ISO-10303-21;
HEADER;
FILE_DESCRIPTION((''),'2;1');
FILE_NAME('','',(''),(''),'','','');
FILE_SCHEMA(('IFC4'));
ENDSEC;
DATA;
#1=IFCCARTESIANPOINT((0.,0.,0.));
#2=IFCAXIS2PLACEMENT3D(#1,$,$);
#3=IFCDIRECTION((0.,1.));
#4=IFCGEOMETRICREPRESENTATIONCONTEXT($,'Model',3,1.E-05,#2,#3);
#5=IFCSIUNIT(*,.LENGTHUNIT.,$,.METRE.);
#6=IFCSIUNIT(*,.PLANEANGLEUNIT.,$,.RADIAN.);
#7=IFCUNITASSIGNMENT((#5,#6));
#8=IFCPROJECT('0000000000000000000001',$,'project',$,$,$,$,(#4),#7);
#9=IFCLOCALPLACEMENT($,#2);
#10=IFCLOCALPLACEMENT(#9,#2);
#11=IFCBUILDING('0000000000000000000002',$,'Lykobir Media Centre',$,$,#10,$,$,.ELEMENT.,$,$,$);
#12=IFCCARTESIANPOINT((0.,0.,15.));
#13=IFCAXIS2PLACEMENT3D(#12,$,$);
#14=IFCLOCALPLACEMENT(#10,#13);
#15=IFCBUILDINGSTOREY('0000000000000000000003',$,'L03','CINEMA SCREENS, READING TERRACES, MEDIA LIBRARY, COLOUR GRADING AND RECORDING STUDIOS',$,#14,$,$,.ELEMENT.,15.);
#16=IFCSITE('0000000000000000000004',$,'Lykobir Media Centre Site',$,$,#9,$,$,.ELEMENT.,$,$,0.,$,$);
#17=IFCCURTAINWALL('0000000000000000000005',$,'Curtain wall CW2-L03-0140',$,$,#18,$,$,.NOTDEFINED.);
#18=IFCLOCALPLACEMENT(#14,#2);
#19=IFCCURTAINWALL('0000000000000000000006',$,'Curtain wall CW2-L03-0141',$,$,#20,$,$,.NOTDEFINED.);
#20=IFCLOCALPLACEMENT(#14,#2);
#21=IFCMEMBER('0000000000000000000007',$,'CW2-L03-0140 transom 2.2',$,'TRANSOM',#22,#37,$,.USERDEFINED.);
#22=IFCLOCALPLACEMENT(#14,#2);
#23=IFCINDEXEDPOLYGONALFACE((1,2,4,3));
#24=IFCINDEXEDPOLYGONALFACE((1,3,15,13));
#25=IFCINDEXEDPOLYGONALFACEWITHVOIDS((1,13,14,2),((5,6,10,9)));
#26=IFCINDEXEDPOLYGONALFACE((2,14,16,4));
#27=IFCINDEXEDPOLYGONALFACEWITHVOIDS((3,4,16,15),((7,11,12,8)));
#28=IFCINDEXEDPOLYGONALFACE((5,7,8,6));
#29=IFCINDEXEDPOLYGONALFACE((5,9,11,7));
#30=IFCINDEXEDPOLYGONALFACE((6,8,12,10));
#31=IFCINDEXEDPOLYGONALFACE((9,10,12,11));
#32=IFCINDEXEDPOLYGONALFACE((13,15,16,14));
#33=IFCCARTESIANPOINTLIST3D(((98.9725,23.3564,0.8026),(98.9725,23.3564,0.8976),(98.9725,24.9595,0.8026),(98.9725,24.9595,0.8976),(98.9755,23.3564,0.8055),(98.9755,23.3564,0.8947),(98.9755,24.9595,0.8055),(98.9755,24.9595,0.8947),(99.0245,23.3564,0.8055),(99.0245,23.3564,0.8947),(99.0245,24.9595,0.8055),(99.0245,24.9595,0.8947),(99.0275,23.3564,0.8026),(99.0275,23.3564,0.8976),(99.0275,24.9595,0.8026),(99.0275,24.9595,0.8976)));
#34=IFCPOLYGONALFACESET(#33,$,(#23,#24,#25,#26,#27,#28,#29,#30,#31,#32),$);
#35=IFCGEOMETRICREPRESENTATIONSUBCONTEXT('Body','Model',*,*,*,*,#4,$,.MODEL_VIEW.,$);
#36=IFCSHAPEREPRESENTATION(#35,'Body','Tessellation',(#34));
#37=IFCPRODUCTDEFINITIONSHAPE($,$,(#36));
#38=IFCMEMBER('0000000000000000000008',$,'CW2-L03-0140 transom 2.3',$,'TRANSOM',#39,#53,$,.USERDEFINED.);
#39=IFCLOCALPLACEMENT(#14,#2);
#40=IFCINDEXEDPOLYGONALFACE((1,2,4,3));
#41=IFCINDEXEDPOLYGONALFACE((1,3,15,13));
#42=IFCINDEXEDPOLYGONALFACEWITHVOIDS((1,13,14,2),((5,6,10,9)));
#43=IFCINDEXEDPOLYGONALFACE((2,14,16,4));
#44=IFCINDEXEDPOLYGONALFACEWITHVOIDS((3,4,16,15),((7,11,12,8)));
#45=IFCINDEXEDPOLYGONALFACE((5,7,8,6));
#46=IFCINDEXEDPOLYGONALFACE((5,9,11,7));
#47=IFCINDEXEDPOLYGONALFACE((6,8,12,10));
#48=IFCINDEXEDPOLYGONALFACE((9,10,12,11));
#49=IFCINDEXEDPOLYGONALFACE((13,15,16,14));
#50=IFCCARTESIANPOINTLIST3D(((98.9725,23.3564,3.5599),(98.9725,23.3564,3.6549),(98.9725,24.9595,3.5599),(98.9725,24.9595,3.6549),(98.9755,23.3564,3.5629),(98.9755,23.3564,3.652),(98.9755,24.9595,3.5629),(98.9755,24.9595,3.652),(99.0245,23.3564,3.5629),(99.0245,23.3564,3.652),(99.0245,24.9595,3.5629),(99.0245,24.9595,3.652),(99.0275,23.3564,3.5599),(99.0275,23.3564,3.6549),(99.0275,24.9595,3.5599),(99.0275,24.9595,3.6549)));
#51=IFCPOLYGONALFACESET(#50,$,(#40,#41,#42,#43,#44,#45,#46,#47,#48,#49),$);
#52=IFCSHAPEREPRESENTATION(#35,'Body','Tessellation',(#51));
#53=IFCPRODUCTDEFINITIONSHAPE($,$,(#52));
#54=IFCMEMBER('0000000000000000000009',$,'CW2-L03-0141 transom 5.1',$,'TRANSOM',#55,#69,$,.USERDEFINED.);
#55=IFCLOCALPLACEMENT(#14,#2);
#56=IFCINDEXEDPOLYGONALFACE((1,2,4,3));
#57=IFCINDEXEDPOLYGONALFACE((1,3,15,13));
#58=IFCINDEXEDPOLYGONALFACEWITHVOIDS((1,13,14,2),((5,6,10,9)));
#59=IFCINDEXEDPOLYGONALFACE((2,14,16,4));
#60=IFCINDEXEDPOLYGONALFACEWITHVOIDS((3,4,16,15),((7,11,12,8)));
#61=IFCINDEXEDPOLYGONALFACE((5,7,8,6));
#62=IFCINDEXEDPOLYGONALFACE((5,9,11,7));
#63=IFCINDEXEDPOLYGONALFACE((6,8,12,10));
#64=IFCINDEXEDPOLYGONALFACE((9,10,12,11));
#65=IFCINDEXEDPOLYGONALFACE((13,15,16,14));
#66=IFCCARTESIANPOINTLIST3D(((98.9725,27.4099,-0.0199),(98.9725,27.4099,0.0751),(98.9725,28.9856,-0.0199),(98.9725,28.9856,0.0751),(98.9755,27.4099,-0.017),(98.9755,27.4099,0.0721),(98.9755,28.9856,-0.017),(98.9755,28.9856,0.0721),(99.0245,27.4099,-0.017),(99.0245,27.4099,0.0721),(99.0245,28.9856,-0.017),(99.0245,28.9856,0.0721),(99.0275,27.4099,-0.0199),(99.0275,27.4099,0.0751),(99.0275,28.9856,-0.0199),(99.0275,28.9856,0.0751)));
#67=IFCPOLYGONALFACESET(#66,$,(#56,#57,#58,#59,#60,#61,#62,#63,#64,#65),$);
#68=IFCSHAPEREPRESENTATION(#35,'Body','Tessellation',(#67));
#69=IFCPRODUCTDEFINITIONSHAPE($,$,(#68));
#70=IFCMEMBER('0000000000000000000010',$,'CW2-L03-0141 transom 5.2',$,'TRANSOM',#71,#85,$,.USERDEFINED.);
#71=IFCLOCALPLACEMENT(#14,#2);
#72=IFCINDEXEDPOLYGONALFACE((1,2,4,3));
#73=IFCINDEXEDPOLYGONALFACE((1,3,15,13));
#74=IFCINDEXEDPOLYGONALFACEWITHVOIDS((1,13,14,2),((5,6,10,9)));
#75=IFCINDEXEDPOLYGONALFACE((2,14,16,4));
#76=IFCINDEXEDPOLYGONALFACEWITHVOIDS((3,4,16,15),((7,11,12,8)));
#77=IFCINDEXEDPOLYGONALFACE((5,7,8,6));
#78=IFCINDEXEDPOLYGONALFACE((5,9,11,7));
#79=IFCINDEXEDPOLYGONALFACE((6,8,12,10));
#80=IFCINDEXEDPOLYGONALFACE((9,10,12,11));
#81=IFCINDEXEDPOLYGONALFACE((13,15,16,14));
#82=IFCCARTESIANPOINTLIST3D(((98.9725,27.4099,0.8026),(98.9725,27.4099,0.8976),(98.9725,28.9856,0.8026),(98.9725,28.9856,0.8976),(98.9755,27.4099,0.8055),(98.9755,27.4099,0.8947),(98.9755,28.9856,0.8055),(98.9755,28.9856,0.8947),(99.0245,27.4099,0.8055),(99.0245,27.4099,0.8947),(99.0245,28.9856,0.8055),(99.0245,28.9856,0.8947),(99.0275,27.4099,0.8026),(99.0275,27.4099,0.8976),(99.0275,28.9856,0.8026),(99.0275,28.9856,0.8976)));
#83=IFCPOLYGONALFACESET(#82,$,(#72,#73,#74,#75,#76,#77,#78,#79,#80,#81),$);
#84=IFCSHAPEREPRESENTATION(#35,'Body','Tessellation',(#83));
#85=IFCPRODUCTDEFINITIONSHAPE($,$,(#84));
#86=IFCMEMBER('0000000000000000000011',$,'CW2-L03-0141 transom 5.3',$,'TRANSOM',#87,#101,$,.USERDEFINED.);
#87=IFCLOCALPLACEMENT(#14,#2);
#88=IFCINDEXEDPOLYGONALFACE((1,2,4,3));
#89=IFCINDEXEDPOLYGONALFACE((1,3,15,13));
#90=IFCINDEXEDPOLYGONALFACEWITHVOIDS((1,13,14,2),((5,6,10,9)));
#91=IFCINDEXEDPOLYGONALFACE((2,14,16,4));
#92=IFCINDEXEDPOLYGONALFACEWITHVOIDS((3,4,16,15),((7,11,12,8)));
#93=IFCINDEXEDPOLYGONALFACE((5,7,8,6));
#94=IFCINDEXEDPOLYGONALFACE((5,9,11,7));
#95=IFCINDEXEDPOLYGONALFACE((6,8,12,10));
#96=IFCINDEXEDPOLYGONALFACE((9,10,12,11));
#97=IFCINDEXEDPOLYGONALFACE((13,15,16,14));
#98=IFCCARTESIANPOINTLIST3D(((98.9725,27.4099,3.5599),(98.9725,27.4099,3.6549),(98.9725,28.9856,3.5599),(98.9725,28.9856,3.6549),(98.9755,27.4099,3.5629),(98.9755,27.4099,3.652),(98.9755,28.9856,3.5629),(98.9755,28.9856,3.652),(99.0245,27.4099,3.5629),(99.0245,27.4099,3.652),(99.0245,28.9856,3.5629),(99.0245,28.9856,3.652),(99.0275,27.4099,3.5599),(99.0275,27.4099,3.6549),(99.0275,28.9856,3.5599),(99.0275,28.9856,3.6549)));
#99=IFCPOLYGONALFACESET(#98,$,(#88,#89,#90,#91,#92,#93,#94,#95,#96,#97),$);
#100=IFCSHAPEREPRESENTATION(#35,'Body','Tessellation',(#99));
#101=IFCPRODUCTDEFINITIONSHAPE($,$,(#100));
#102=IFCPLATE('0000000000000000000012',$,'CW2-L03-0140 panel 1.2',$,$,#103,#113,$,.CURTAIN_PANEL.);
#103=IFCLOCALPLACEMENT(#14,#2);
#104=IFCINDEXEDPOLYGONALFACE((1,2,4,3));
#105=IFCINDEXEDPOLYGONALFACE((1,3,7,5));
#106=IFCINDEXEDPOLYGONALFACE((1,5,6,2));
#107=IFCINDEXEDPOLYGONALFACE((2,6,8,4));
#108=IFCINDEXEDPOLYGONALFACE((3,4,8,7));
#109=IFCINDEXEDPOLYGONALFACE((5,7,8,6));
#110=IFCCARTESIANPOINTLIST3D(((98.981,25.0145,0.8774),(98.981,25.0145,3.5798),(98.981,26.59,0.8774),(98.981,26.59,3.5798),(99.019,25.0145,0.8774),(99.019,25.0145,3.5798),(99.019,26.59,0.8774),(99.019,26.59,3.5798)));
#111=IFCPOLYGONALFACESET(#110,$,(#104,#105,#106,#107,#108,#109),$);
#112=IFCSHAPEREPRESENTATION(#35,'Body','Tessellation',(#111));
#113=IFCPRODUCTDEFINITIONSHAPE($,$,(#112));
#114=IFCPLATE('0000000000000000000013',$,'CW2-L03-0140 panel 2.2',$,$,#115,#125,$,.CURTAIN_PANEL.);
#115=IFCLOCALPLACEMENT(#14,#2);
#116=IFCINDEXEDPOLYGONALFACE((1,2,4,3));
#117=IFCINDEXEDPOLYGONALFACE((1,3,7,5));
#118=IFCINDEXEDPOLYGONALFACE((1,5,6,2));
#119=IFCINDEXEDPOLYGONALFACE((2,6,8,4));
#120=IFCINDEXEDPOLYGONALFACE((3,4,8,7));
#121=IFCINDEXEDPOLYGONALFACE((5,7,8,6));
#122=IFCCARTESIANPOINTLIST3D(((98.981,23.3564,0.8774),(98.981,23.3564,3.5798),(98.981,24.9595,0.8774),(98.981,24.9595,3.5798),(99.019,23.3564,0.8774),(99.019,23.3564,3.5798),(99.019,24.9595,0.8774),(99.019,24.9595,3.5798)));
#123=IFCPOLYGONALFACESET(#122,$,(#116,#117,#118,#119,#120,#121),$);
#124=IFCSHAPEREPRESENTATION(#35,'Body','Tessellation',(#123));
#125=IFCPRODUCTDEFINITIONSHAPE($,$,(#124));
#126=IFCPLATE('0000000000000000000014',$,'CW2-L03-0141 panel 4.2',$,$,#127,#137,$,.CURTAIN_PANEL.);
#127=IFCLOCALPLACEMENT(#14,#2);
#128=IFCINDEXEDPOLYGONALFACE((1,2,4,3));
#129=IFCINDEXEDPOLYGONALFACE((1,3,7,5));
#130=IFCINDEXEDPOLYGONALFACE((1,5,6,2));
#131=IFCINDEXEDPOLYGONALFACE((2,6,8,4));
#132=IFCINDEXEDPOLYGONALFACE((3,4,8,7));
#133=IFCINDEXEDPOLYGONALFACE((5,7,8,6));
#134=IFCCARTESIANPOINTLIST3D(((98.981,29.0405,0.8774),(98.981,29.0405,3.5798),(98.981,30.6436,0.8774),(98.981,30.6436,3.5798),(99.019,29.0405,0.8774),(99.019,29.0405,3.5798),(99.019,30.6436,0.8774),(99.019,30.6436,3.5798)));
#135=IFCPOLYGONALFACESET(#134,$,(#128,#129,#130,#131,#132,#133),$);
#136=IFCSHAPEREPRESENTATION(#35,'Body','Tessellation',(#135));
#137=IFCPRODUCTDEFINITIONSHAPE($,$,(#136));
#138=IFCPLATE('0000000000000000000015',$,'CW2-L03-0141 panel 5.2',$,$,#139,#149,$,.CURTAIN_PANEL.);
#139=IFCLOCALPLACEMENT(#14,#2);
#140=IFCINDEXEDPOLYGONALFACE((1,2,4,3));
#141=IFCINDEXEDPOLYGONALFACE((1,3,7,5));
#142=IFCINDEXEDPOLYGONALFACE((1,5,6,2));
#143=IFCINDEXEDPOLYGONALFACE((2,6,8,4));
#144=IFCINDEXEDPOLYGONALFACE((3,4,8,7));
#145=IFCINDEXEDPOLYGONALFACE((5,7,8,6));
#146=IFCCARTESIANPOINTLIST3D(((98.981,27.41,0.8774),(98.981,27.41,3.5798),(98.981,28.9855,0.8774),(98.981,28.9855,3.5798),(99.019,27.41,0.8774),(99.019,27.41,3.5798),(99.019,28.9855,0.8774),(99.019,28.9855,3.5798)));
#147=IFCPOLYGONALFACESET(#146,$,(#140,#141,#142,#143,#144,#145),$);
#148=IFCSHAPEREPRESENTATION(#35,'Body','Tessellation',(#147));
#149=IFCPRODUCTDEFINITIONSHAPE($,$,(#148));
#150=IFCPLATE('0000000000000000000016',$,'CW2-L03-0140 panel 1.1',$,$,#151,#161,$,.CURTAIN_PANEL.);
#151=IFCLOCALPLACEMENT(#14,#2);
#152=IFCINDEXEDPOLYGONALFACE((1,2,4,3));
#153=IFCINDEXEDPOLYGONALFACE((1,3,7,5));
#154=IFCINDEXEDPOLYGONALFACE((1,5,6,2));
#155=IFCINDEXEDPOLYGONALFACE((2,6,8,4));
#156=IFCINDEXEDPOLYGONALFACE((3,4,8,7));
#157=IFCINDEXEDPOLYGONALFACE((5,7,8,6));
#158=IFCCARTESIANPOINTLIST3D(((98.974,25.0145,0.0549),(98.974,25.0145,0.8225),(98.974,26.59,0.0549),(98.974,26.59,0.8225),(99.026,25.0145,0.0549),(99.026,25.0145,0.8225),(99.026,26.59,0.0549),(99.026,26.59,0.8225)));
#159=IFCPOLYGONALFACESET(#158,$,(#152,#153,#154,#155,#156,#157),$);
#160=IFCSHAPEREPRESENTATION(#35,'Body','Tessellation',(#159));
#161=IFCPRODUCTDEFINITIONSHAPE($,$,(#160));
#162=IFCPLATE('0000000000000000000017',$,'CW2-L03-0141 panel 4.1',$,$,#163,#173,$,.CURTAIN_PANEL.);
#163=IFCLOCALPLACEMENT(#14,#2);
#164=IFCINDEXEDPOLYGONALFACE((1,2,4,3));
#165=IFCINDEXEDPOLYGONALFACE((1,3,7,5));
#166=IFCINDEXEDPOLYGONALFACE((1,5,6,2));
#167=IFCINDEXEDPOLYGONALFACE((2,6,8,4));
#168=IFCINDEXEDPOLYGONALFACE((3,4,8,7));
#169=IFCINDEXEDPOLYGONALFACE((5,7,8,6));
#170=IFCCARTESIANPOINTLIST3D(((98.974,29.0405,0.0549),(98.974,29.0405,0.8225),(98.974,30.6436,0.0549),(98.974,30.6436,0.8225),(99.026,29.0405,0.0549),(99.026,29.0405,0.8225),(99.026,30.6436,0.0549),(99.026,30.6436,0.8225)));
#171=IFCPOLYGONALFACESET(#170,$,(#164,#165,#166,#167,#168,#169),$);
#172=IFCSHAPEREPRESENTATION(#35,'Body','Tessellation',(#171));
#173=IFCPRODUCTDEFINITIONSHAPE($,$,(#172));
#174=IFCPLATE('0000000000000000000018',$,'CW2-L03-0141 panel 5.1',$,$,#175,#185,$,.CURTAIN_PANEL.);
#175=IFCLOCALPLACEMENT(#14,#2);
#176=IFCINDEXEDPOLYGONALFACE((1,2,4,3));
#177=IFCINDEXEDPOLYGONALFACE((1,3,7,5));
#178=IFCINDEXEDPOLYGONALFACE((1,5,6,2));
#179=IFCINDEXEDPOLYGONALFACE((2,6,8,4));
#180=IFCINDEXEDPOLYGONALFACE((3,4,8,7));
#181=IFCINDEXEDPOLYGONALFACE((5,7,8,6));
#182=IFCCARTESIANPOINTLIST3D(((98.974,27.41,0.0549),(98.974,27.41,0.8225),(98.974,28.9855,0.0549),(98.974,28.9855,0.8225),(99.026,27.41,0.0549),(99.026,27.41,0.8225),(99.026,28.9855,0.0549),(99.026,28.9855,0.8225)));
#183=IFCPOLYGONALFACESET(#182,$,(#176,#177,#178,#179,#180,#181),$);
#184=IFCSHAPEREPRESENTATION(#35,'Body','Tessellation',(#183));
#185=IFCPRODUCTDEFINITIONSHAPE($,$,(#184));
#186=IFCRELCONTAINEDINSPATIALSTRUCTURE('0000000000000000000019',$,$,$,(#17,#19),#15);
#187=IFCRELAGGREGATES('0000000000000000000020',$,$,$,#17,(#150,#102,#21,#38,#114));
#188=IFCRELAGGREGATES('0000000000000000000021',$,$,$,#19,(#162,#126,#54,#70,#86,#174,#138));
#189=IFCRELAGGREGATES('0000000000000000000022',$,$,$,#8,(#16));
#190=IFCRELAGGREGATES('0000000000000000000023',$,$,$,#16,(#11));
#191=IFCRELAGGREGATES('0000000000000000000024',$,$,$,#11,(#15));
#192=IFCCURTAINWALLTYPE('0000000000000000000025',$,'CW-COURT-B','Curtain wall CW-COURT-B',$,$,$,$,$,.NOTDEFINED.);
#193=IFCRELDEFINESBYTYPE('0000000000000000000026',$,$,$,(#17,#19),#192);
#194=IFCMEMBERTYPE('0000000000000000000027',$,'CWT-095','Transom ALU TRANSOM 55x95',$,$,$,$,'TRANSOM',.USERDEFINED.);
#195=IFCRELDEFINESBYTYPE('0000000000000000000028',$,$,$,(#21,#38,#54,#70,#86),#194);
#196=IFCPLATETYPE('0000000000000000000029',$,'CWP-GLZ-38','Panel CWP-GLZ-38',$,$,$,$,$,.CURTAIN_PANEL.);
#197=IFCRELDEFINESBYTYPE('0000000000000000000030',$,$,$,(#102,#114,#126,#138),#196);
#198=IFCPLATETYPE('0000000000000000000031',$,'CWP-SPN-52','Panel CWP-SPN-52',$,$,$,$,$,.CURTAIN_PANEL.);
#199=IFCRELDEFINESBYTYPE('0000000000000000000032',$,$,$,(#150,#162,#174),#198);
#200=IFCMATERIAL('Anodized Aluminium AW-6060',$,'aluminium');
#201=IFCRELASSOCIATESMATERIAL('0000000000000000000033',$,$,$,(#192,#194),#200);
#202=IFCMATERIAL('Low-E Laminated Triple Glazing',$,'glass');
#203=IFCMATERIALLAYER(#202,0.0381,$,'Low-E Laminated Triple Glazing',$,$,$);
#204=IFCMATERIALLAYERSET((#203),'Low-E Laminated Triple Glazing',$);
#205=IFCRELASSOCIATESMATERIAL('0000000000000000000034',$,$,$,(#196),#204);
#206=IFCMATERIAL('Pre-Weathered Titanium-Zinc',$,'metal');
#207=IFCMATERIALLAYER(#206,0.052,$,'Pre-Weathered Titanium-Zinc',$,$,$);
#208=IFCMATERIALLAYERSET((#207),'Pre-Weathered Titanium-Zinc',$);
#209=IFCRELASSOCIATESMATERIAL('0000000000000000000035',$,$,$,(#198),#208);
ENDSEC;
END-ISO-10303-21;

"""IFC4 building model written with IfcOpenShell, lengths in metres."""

from ifc_helpers import new_model, si_unit, direction, frame, origin, origin_2d, place, context, subcontext, project, spatial, rectangle, hollow_rectangle, extrude, material, layer, layer_set, material_profile, profile_set, type_object, element, aggregate, save


model = new_model("IFC4")

# Units and contexts
model_context = context("Model", 3, precision=1e-05, world=origin(), true_north=direction((0.0, 1.0)))
body_context = subcontext(model_context, "Body", "Model", "MODEL_VIEW")
ifc_project = project(units=[si_unit("LENGTHUNIT", "METRE"), si_unit("PLANEANGLEUNIT", "RADIAN")], contexts=[model_context])

# Site, building, storey
site_placement = place(None, origin())
site = spatial("IfcSite", under=ifc_project, at=site_placement, Name="Lykobir Media Centre Site", CompositionType="ELEMENT", RefElevation=0.0)
building_placement = place(site_placement, origin())
building = spatial("IfcBuilding", under=site, at=building_placement, Name="Lykobir Media Centre", CompositionType="ELEMENT")
storey_placement = place(building_placement, frame((0.0, 0.0, 15.0)))
storey = spatial("IfcBuildingStorey", under=building, at=storey_placement, Name="L03", Description="CINEMA SCREENS, READING TERRACES, MEDIA LIBRARY, COLOUR GRADING AND RECORDING STUDIOS", CompositionType="ELEMENT", Elevation=15.0)

# Curtain walls
ifc_material_1 = material(Name="Anodized Aluminium AW-6060", Category="aluminium")
curtain_wall_type = type_object("IfcCurtainWallType", Name="CW-COURT-B", Description="Curtain wall CW-COURT-B", PredefinedType="NOTDEFINED", material=ifc_material_1)
curtain_wall_1_placement = place(storey_placement, origin())
curtain_wall_1 = element("IfcCurtainWall", 1, at=curtain_wall_1_placement, inside=storey, type_object=curtain_wall_type, Name="Curtain wall CW2-L03-0140", PredefinedType="NOTDEFINED")
curtain_wall_2_placement = place(storey_placement, origin())
curtain_wall_2 = element("IfcCurtainWall", 2, at=curtain_wall_2_placement, inside=storey, type_object=curtain_wall_type, Name="Curtain wall CW2-L03-0141", PredefinedType="NOTDEFINED")

# Members
ifc_material_profile_1 = material_profile(ifc_material_1, hollow_rectangle(XDim=0.0549, YDim=0.095, WallThickness=0.0029, at=origin_2d()), Name="ALU TRANSOM 55x95")
ifc_profile_set_1 = profile_set([ifc_material_profile_1], Name="Anodized Aluminium AW-6060")
member_type_1 = type_object("IfcMemberType", Name="CWT-095", Description="Transom ALU TRANSOM 55x95", ElementType="TRANSOM", PredefinedType="USERDEFINED", material=ifc_profile_set_1)
member_1_placement = place(storey_placement, frame((99.0, 24.9595, 0.8501), z_axis=(0.0, -1.0, 0.0), x_axis=(1.0, 0.0, 0.0)))
member_1 = element("IfcMember", 3, at=member_1_placement, type_object=member_type_1, Name="CW2-L03-0140 transom 2.2", ObjectType="TRANSOM", PredefinedType="USERDEFINED", context=body_context, shape_type="SweptSolid", body=[
    extrude(hollow_rectangle(XDim=0.0549, YDim=0.095, WallThickness=0.0029, at=origin_2d()), origin(), (0.0, 0.0, 1.0), 1.603),
])
member_2_placement = place(storey_placement, frame((99.0, 24.9595, 3.6074), z_axis=(0.0, -1.0, 0.0), x_axis=(1.0, 0.0, 0.0)))
member_2 = element("IfcMember", 4, at=member_2_placement, type_object=member_type_1, Name="CW2-L03-0140 transom 2.3", ObjectType="TRANSOM", PredefinedType="USERDEFINED", context=body_context, shape_type="SweptSolid", body=[
    extrude(hollow_rectangle(XDim=0.0549, YDim=0.095, WallThickness=0.0029, at=origin_2d()), origin(), (0.0, 0.0, 1.0), 1.603),
])
member_3_placement = place(storey_placement, frame((99.0, 28.9856, 0.0276), z_axis=(0.0, -1.0, 0.0), x_axis=(1.0, 0.0, 0.0)))
member_3 = element("IfcMember", 5, at=member_3_placement, type_object=member_type_1, Name="CW2-L03-0141 transom 5.1", ObjectType="TRANSOM", PredefinedType="USERDEFINED", context=body_context, shape_type="SweptSolid", body=[
    extrude(hollow_rectangle(XDim=0.0549, YDim=0.095, WallThickness=0.0029, at=origin_2d()), origin(), (0.0, 0.0, 1.0), 1.5757),
])
member_4_placement = place(storey_placement, frame((99.0, 28.9856, 0.8501), z_axis=(0.0, -1.0, 0.0), x_axis=(1.0, 0.0, 0.0)))
member_4 = element("IfcMember", 6, at=member_4_placement, type_object=member_type_1, Name="CW2-L03-0141 transom 5.2", ObjectType="TRANSOM", PredefinedType="USERDEFINED", context=body_context, shape_type="SweptSolid", body=[
    extrude(hollow_rectangle(XDim=0.0549, YDim=0.095, WallThickness=0.0029, at=origin_2d()), origin(), (0.0, 0.0, 1.0), 1.5757),
])
member_5_placement = place(storey_placement, frame((99.0, 28.9856, 3.6074), z_axis=(0.0, -1.0, 0.0), x_axis=(1.0, 0.0, 0.0)))
member_5 = element("IfcMember", 7, at=member_5_placement, type_object=member_type_1, Name="CW2-L03-0141 transom 5.3", ObjectType="TRANSOM", PredefinedType="USERDEFINED", context=body_context, shape_type="SweptSolid", body=[
    extrude(hollow_rectangle(XDim=0.0549, YDim=0.095, WallThickness=0.0029, at=origin_2d()), origin(), (0.0, 0.0, 1.0), 1.5757),
])

# Plates
ifc_material_2 = material(Name="Low-E Laminated Triple Glazing", Category="glass")
ifc_layer_1 = layer(ifc_material_2, 0.0381, Name="Low-E Laminated Triple Glazing")
ifc_layer_set_1 = layer_set([ifc_layer_1], Name="Low-E Laminated Triple Glazing")
plate_type_1 = type_object("IfcPlateType", Name="CWP-GLZ-38", Description="Panel CWP-GLZ-38", PredefinedType="CURTAIN_PANEL", material=ifc_layer_set_1)
plate_1_placement = place(storey_placement, frame((99.0, 25.8022, 0.8774), z_axis=(0.0, 0.0, 1.0), x_axis=(0.0, -1.0, 0.0)))
plate_1 = element("IfcPlate", 8, at=plate_1_placement, type_object=plate_type_1, Name="CW2-L03-0140 panel 1.2", PredefinedType="CURTAIN_PANEL", context=body_context, shape_type="SweptSolid", body=[
    extrude(rectangle(XDim=1.5754, YDim=0.0381, at=origin_2d()), origin(), (0.0, 0.0, 1.0), 2.7024),
])
plate_2_placement = place(storey_placement, frame((99.0, 24.158, 0.8774), z_axis=(0.0, 0.0, 1.0), x_axis=(0.0, -1.0, 0.0)))
plate_2 = element("IfcPlate", 9, at=plate_2_placement, type_object=plate_type_1, Name="CW2-L03-0140 panel 2.2", PredefinedType="CURTAIN_PANEL", context=body_context, shape_type="SweptSolid", body=[
    extrude(rectangle(XDim=1.603, YDim=0.0381, at=origin_2d()), origin(), (0.0, 0.0, 1.0), 2.7024),
])
plate_3_placement = place(storey_placement, frame((99.0, 29.842, 0.8774), z_axis=(0.0, 0.0, 1.0), x_axis=(0.0, -1.0, 0.0)))
plate_3 = element("IfcPlate", 10, at=plate_3_placement, type_object=plate_type_1, Name="CW2-L03-0141 panel 4.2", PredefinedType="CURTAIN_PANEL", context=body_context, shape_type="SweptSolid", body=[
    extrude(rectangle(XDim=1.603, YDim=0.0381, at=origin_2d()), origin(), (0.0, 0.0, 1.0), 2.7024),
])
plate_4_placement = place(storey_placement, frame((99.0, 28.1978, 0.8774), z_axis=(0.0, 0.0, 1.0), x_axis=(0.0, -1.0, 0.0)))
plate_4 = element("IfcPlate", 11, at=plate_4_placement, type_object=plate_type_1, Name="CW2-L03-0141 panel 5.2", PredefinedType="CURTAIN_PANEL", context=body_context, shape_type="SweptSolid", body=[
    extrude(rectangle(XDim=1.5754, YDim=0.0381, at=origin_2d()), origin(), (0.0, 0.0, 1.0), 2.7024),
])
ifc_material_3 = material(Name="Pre-Weathered Titanium-Zinc", Category="metal")
ifc_layer_2 = layer(ifc_material_3, 0.052, Name="Pre-Weathered Titanium-Zinc")
ifc_layer_set_2 = layer_set([ifc_layer_2], Name="Pre-Weathered Titanium-Zinc")
plate_type_2 = type_object("IfcPlateType", Name="CWP-SPN-52", Description="Panel CWP-SPN-52", PredefinedType="CURTAIN_PANEL", material=ifc_layer_set_2)
plate_5_placement = place(storey_placement, frame((99.0, 25.8022, 0.0549), z_axis=(0.0, 0.0, 1.0), x_axis=(0.0, -1.0, 0.0)))
plate_5 = element("IfcPlate", 12, at=plate_5_placement, type_object=plate_type_2, Name="CW2-L03-0140 panel 1.1", PredefinedType="CURTAIN_PANEL", context=body_context, shape_type="SweptSolid", body=[
    extrude(rectangle(XDim=1.5754, YDim=0.052, at=origin_2d()), origin(), (0.0, 0.0, 1.0), 0.7676),
])
aggregate(curtain_wall_1, [plate_5, plate_1, member_1, member_2, plate_2])
plate_6_placement = place(storey_placement, frame((99.0, 29.842, 0.0549), z_axis=(0.0, 0.0, 1.0), x_axis=(0.0, -1.0, 0.0)))
plate_6 = element("IfcPlate", 13, at=plate_6_placement, type_object=plate_type_2, Name="CW2-L03-0141 panel 4.1", PredefinedType="CURTAIN_PANEL", context=body_context, shape_type="SweptSolid", body=[
    extrude(rectangle(XDim=1.603, YDim=0.052, at=origin_2d()), origin(), (0.0, 0.0, 1.0), 0.7676),
])
plate_7_placement = place(storey_placement, frame((99.0, 28.1978, 0.0549), z_axis=(0.0, 0.0, 1.0), x_axis=(0.0, -1.0, 0.0)))
plate_7 = element("IfcPlate", 14, at=plate_7_placement, type_object=plate_type_2, Name="CW2-L03-0141 panel 5.1", PredefinedType="CURTAIN_PANEL", context=body_context, shape_type="SweptSolid", body=[
    extrude(rectangle(XDim=1.5754, YDim=0.052, at=origin_2d()), origin(), (0.0, 0.0, 1.0), 0.7676),
])
aggregate(curtain_wall_2, [plate_6, plate_3, member_3, member_4, member_5, plate_7, plate_4])

save(model, "model.ifc")
